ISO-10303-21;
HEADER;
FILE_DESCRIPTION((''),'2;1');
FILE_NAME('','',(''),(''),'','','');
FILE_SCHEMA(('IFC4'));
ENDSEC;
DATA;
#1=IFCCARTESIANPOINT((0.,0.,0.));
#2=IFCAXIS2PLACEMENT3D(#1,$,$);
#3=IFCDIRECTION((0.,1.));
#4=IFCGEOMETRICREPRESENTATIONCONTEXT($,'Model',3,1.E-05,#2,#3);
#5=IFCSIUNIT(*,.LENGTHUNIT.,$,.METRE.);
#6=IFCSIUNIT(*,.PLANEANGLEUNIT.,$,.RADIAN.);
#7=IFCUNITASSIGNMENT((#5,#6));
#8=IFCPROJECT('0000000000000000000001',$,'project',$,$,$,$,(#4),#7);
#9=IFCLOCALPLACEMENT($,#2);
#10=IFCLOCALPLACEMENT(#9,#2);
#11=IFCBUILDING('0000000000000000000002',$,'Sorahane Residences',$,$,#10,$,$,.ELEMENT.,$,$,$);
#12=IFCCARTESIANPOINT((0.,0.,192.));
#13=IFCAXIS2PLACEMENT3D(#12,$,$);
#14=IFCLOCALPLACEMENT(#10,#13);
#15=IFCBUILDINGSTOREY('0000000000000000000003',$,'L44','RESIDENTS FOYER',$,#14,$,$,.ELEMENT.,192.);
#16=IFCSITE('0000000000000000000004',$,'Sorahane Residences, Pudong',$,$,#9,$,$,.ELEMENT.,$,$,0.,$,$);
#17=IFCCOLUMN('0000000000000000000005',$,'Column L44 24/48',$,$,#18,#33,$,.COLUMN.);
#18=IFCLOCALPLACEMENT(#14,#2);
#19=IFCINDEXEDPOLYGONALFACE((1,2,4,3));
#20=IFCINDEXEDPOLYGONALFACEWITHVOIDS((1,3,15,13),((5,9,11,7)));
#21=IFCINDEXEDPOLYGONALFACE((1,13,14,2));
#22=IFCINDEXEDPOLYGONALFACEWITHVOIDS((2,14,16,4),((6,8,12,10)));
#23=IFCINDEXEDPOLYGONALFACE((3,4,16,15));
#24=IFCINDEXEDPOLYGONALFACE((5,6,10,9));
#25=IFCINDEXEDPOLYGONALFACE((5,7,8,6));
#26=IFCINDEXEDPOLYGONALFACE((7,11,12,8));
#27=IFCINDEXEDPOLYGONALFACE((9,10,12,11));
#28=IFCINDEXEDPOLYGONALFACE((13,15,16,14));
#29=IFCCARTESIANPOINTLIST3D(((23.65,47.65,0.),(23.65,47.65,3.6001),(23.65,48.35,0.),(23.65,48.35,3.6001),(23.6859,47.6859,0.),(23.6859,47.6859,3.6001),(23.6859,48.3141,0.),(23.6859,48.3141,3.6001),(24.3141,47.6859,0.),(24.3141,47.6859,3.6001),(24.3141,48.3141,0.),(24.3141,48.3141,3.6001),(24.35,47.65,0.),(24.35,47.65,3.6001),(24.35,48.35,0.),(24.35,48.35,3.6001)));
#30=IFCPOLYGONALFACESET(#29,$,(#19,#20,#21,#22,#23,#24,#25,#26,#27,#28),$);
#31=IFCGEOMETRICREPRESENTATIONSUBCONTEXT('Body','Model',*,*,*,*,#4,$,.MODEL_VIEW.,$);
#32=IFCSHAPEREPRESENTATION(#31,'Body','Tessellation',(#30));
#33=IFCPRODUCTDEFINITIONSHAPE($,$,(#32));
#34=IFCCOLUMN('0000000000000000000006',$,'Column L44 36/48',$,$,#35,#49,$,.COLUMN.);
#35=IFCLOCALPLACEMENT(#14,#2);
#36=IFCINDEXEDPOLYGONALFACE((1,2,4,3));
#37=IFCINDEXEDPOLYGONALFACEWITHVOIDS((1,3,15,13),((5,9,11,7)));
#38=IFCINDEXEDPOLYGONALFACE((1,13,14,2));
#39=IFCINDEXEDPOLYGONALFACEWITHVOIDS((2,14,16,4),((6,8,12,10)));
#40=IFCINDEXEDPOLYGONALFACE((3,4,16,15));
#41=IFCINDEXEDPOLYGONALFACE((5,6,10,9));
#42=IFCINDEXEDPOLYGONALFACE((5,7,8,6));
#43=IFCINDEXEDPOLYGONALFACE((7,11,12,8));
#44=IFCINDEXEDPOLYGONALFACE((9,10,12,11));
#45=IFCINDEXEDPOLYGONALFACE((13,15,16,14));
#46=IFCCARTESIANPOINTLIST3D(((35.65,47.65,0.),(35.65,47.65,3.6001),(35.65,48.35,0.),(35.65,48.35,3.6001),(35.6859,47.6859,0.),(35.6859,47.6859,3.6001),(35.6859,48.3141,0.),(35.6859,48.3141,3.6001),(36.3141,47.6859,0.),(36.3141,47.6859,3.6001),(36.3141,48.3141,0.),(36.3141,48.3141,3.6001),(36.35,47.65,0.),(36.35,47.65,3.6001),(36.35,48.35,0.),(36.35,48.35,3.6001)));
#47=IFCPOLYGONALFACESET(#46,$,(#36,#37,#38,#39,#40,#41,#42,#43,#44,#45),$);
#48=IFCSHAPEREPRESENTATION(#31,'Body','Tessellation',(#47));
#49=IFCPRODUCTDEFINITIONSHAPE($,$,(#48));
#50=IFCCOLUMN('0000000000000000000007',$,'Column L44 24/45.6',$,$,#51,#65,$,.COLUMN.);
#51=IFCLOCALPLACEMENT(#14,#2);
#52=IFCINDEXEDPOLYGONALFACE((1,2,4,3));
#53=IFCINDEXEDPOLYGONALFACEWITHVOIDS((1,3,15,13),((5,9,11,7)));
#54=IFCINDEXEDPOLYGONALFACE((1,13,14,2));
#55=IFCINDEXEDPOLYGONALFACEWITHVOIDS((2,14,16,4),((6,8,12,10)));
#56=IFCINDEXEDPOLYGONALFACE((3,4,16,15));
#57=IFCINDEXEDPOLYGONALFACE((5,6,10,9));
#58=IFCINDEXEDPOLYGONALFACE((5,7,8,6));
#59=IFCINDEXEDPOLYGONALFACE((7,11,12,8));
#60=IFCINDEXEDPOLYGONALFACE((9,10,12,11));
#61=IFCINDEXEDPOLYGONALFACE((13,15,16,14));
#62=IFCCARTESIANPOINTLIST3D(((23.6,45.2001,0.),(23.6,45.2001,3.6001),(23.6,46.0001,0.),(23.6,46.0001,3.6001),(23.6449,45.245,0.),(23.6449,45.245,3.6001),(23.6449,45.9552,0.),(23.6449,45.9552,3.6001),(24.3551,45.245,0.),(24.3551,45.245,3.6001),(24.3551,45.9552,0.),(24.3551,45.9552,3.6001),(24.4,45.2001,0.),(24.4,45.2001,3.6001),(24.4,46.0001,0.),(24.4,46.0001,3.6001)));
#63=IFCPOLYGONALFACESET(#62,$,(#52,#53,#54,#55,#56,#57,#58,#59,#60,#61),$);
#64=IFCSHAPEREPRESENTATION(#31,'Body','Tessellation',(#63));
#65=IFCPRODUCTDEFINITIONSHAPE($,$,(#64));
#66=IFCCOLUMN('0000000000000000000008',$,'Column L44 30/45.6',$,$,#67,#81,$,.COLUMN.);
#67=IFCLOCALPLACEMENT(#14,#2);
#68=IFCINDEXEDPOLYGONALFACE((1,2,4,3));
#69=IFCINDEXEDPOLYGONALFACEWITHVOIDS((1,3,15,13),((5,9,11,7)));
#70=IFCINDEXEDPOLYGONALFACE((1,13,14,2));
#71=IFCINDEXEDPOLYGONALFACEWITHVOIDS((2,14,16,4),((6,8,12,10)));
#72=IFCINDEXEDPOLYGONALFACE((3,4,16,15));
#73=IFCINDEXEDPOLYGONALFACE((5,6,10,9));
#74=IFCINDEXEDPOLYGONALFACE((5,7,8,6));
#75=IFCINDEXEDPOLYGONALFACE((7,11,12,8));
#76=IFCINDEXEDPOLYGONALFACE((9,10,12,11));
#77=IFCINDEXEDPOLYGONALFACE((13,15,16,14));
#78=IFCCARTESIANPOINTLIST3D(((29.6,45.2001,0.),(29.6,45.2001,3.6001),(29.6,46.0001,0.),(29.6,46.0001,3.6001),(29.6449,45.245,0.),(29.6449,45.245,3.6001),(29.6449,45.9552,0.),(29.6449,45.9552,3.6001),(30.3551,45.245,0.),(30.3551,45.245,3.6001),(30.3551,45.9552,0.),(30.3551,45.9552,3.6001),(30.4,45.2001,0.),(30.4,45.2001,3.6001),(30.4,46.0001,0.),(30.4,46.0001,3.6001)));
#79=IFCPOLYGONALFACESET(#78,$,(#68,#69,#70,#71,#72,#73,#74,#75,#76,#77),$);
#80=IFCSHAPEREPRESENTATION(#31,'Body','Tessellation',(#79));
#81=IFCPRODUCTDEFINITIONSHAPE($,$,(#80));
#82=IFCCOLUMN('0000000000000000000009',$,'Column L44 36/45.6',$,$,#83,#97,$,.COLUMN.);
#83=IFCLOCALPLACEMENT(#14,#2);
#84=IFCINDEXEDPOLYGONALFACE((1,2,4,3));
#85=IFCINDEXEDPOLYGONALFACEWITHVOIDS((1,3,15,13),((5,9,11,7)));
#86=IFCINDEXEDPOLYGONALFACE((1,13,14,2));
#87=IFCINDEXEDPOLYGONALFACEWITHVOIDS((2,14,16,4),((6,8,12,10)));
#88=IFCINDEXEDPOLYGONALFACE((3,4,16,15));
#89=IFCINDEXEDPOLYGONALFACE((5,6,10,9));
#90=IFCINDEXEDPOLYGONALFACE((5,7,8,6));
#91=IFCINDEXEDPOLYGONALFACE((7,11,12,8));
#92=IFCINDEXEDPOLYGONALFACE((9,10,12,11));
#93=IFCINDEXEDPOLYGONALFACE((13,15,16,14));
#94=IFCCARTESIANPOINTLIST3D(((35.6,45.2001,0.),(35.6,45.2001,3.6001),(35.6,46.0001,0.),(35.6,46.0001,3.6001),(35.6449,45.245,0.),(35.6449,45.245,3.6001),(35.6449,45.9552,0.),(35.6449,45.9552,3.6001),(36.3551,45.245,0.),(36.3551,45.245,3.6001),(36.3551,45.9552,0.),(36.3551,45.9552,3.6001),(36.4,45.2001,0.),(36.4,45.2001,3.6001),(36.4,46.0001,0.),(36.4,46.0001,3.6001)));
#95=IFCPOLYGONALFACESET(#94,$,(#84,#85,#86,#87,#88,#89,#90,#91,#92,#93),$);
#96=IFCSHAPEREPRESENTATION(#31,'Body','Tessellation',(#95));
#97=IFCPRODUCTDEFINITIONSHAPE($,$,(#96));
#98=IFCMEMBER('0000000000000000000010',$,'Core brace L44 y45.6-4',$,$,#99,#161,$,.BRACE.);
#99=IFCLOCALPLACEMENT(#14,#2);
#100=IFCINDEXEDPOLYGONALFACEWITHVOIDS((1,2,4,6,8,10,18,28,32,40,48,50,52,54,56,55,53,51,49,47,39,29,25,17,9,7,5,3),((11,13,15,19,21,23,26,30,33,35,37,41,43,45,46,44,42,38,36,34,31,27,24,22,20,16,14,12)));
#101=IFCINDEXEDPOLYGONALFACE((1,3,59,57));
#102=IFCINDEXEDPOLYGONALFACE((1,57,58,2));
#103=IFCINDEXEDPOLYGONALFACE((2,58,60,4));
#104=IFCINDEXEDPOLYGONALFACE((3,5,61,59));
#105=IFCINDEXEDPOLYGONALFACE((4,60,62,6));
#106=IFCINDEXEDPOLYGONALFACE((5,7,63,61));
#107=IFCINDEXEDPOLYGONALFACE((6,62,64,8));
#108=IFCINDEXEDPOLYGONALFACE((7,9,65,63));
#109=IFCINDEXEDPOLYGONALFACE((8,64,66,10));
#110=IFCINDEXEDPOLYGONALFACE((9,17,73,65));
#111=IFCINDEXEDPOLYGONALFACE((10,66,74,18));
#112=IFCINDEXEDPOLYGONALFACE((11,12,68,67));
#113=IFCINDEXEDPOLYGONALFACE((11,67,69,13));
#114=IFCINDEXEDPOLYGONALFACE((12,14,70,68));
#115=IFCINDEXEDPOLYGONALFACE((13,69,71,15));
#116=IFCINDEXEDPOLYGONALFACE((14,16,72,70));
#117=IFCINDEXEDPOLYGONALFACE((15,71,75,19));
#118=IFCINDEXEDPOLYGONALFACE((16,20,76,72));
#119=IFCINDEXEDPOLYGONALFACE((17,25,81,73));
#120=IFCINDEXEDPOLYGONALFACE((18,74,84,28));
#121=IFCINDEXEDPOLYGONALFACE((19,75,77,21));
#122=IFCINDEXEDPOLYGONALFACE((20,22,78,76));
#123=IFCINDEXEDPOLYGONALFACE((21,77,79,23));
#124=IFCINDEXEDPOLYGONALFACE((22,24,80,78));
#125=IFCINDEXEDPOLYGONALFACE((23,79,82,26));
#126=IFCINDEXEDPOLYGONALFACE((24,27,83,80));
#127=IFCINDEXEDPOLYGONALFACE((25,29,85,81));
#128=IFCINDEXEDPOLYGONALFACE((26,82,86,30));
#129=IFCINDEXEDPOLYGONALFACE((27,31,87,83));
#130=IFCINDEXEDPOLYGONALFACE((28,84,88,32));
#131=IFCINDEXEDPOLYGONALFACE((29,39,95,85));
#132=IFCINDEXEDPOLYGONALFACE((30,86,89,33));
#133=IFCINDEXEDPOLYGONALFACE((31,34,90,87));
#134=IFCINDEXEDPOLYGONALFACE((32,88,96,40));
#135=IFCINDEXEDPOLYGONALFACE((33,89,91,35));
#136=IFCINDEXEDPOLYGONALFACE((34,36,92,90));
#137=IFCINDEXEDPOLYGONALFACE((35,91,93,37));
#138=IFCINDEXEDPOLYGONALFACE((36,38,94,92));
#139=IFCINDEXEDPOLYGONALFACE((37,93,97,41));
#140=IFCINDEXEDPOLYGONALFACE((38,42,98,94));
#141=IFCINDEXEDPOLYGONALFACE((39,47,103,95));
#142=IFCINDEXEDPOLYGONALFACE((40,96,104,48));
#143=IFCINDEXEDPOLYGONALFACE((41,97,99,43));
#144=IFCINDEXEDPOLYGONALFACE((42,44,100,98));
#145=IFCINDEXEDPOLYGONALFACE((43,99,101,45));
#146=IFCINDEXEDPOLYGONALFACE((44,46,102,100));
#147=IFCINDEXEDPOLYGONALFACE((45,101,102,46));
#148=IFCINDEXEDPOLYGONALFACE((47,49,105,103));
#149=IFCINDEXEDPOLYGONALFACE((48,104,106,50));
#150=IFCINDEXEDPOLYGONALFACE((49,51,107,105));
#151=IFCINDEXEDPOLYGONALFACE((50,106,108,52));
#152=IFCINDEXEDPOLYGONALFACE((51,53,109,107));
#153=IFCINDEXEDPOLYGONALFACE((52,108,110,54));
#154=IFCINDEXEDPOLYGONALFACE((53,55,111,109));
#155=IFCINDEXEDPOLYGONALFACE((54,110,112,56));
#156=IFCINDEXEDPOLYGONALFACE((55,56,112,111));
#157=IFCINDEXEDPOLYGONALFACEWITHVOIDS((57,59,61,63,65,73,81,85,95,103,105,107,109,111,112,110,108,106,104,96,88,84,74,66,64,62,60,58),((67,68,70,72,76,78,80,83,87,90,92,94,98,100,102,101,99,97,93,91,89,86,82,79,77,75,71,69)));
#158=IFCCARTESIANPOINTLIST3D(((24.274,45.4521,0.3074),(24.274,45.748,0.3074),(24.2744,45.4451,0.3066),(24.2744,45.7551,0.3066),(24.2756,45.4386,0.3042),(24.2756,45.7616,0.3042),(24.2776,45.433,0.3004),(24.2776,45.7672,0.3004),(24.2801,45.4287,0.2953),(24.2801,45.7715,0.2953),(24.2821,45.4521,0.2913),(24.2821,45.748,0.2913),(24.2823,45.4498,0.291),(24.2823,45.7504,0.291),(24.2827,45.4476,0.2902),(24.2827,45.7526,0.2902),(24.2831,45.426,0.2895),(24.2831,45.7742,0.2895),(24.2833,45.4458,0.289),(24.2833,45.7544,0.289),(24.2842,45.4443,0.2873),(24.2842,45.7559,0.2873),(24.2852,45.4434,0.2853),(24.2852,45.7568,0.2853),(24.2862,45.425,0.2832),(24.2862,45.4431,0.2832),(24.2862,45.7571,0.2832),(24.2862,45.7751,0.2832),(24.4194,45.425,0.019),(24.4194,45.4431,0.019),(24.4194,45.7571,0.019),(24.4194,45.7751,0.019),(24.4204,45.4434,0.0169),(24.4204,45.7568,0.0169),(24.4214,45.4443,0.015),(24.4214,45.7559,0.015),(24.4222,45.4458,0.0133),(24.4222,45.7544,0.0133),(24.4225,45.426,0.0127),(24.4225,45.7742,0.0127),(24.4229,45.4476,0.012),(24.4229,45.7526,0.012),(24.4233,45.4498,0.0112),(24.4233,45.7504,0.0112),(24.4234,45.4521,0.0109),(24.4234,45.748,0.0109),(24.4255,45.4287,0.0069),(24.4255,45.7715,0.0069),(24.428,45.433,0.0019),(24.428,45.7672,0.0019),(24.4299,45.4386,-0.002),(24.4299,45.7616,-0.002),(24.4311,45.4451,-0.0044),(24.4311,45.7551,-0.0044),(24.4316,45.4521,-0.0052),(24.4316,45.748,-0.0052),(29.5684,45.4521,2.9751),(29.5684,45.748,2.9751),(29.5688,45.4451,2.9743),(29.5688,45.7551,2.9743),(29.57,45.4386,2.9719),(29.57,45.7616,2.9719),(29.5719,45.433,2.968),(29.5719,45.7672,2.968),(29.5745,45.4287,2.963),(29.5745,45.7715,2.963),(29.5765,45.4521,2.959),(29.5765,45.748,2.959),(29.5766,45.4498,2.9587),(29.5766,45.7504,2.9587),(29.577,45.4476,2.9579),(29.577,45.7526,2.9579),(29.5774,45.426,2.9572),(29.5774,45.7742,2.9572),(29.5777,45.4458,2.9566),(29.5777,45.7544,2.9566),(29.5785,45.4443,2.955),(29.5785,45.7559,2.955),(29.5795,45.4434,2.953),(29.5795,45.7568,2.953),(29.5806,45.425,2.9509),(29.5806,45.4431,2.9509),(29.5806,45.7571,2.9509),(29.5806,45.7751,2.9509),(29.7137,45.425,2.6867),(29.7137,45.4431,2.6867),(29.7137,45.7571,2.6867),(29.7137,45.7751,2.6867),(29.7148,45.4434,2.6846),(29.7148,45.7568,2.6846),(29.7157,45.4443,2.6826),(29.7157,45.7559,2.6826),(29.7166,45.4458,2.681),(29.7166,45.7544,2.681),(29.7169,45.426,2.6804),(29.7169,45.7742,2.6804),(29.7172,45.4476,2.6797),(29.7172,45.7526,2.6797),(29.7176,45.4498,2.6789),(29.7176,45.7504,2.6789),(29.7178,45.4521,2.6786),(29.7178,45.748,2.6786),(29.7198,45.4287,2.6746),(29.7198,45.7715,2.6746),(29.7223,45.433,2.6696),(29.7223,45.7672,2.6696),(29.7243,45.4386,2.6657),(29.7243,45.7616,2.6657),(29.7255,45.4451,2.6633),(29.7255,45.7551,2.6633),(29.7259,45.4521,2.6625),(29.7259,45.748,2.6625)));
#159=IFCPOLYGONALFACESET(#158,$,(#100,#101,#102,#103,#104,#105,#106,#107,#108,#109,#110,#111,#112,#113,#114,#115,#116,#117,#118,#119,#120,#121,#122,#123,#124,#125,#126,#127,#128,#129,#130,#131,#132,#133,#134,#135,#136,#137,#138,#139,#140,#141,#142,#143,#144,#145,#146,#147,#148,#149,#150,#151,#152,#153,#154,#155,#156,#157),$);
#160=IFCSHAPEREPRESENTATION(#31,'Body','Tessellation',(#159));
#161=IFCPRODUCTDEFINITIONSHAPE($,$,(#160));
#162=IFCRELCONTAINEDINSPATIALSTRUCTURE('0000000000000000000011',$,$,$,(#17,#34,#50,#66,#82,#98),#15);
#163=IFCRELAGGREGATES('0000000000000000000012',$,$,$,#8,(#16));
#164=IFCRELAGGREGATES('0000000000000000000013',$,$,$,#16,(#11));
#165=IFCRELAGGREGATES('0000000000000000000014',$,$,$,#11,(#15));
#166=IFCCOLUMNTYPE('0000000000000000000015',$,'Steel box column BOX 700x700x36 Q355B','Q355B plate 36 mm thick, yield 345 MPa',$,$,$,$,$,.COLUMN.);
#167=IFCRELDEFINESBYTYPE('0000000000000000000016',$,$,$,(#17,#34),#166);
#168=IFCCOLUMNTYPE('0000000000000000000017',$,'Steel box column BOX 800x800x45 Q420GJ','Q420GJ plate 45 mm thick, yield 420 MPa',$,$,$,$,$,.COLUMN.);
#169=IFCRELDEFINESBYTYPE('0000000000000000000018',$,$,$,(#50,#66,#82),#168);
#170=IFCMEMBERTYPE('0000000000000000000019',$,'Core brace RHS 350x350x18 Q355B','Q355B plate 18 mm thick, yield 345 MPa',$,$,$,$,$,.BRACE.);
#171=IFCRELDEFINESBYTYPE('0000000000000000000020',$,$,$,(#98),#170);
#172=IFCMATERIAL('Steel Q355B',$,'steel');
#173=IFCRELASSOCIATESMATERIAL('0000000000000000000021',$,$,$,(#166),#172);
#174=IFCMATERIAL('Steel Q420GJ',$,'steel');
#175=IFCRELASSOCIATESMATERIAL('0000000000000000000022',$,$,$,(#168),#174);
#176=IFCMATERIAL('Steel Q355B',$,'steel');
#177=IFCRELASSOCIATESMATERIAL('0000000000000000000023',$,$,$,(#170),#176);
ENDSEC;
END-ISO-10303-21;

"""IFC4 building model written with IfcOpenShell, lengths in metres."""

from ifc_helpers import new_model, si_unit, direction, frame, origin, origin_2d, place, context, subcontext, project, spatial, hollow_rectangle, extrude, material, material_profile, profile_set, type_object, element, save


model = new_model("IFC4")

# Units and contexts
model_context = context("Model", 3, precision=1e-05, world=origin(), true_north=direction((0.0, 1.0)))
body_context = subcontext(model_context, "Body", "Model", "MODEL_VIEW")
ifc_project = project(units=[si_unit("LENGTHUNIT", "METRE"), si_unit("PLANEANGLEUNIT", "RADIAN")], contexts=[model_context])

# Site, building, storey
site_placement = place(None, origin())
site = spatial("IfcSite", under=ifc_project, at=site_placement, Name="Sorahane Residences, Pudong", CompositionType="ELEMENT", RefElevation=0.0)
building_placement = place(site_placement, origin())
building = spatial("IfcBuilding", under=site, at=building_placement, Name="Sorahane Residences", CompositionType="ELEMENT")
storey_placement = place(building_placement, frame((0.0, 0.0, 192.0)))
storey = spatial("IfcBuildingStorey", under=building, at=storey_placement, Name="L44", Description="RESIDENTS FOYER", CompositionType="ELEMENT", Elevation=192.0)

# Columns
ifc_material_1 = material(Name="Steel Q355B", Category="steel")
ifc_material_profile_1 = material_profile(ifc_material_1, hollow_rectangle(XDim=0.7, YDim=0.7, WallThickness=0.0359, at=origin_2d()), Name="BOX 700x700x36")
ifc_profile_set_1 = profile_set([ifc_material_profile_1], Name="Steel Q355B")
column_type_1 = type_object("IfcColumnType", Name="Steel box column BOX 700x700x36 Q355B", Description="Q355B plate 36 mm thick, yield 345 MPa", PredefinedType="COLUMN", material=ifc_profile_set_1)
for number, where, z_axis, x_axis, name in (
    (1, (24.0, 48.0, 0.0), (0.0, 0.0, 1.0), (1.0, 0.0, 0.0), "Column L44 24/48"),
    (2, (36.0, 48.0, 0.0), (0.0, 0.0, 1.0), (1.0, 0.0, 0.0), "Column L44 36/48"),
):
    element("IfcColumn", number, at=place(storey_placement, frame(where, z_axis=z_axis, x_axis=x_axis)), inside=storey, type_object=column_type_1, Name=name, PredefinedType="COLUMN", context=body_context, shape_type="SweptSolid", body=[
        extrude(hollow_rectangle(XDim=0.7, YDim=0.7, WallThickness=0.0359, at=origin_2d()), origin(), (0.0, 0.0, 1.0), 3.6001),
    ])
ifc_material_2 = material(Name="Steel Q420GJ", Category="steel")
ifc_material_profile_2 = material_profile(ifc_material_2, hollow_rectangle(XDim=0.8, YDim=0.8, WallThickness=0.0449, at=origin_2d()), Name="BOX 800x800x45")
ifc_profile_set_2 = profile_set([ifc_material_profile_2], Name="Steel Q420GJ")
column_type_2 = type_object("IfcColumnType", Name="Steel box column BOX 800x800x45 Q420GJ", Description="Q420GJ plate 45 mm thick, yield 420 MPa", PredefinedType="COLUMN", material=ifc_profile_set_2)
for number, where, z_axis, x_axis, name in (
    (3, (24.0, 45.6001, 0.0), (0.0, 0.0, 1.0), (1.0, 0.0, 0.0), "Column L44 24/45.6"),
    (4, (30.0, 45.6001, 0.0), (0.0, 0.0, 1.0), (1.0, 0.0, 0.0), "Column L44 30/45.6"),
    (5, (36.0, 45.6001, 0.0), (0.0, 0.0, 1.0), (1.0, 0.0, 0.0), "Column L44 36/45.6"),
):
    element("IfcColumn", number, at=place(storey_placement, frame(where, z_axis=z_axis, x_axis=x_axis)), inside=storey, type_object=column_type_2, Name=name, PredefinedType="COLUMN", context=body_context, shape_type="SweptSolid", body=[
        extrude(hollow_rectangle(XDim=0.8, YDim=0.8, WallThickness=0.0449, at=origin_2d()), origin(), (0.0, 0.0, 1.0), 3.6001),
    ])

# Member
ifc_material_3 = material(Name="Steel Q355B", Category="steel")
ifc_material_profile_3 = material_profile(ifc_material_3, hollow_rectangle(XDim=0.3501, YDim=0.3501, WallThickness=0.0181, InnerFilletRadius=0.009, OuterFilletRadius=0.0271, at=origin_2d()), Name="RHS 350x350x18")
ifc_profile_set_3 = profile_set([ifc_material_profile_3], Name="Steel Q355B")
member_type_1 = type_object("IfcMemberType", Name="Core brace RHS 350x350x18 Q355B", Description="Q355B plate 18 mm thick, yield 345 MPa", PredefinedType="BRACE", material=ifc_profile_set_3)
for number, where, z_axis, x_axis, name in (
    (6, (24.3528, 45.6001, 0.1511), (0.893039, 0.0, 0.449979), (0.0, 1.0, 0.0), "Core brace L44 y45.6-4"),
):
    element("IfcMember", number, at=place(storey_placement, frame(where, z_axis=z_axis, x_axis=x_axis)), inside=storey, type_object=member_type_1, Name=name, PredefinedType="BRACE", context=body_context, shape_type="SweptSolid", body=[
        extrude(hollow_rectangle(XDim=0.3501, YDim=0.3501, WallThickness=0.0181, InnerFilletRadius=0.009, OuterFilletRadius=0.0271, at=origin_2d()), origin(), (0.0, 0.0, 1.0), 5.9285),
    ])

save(model, "model.ifc")
